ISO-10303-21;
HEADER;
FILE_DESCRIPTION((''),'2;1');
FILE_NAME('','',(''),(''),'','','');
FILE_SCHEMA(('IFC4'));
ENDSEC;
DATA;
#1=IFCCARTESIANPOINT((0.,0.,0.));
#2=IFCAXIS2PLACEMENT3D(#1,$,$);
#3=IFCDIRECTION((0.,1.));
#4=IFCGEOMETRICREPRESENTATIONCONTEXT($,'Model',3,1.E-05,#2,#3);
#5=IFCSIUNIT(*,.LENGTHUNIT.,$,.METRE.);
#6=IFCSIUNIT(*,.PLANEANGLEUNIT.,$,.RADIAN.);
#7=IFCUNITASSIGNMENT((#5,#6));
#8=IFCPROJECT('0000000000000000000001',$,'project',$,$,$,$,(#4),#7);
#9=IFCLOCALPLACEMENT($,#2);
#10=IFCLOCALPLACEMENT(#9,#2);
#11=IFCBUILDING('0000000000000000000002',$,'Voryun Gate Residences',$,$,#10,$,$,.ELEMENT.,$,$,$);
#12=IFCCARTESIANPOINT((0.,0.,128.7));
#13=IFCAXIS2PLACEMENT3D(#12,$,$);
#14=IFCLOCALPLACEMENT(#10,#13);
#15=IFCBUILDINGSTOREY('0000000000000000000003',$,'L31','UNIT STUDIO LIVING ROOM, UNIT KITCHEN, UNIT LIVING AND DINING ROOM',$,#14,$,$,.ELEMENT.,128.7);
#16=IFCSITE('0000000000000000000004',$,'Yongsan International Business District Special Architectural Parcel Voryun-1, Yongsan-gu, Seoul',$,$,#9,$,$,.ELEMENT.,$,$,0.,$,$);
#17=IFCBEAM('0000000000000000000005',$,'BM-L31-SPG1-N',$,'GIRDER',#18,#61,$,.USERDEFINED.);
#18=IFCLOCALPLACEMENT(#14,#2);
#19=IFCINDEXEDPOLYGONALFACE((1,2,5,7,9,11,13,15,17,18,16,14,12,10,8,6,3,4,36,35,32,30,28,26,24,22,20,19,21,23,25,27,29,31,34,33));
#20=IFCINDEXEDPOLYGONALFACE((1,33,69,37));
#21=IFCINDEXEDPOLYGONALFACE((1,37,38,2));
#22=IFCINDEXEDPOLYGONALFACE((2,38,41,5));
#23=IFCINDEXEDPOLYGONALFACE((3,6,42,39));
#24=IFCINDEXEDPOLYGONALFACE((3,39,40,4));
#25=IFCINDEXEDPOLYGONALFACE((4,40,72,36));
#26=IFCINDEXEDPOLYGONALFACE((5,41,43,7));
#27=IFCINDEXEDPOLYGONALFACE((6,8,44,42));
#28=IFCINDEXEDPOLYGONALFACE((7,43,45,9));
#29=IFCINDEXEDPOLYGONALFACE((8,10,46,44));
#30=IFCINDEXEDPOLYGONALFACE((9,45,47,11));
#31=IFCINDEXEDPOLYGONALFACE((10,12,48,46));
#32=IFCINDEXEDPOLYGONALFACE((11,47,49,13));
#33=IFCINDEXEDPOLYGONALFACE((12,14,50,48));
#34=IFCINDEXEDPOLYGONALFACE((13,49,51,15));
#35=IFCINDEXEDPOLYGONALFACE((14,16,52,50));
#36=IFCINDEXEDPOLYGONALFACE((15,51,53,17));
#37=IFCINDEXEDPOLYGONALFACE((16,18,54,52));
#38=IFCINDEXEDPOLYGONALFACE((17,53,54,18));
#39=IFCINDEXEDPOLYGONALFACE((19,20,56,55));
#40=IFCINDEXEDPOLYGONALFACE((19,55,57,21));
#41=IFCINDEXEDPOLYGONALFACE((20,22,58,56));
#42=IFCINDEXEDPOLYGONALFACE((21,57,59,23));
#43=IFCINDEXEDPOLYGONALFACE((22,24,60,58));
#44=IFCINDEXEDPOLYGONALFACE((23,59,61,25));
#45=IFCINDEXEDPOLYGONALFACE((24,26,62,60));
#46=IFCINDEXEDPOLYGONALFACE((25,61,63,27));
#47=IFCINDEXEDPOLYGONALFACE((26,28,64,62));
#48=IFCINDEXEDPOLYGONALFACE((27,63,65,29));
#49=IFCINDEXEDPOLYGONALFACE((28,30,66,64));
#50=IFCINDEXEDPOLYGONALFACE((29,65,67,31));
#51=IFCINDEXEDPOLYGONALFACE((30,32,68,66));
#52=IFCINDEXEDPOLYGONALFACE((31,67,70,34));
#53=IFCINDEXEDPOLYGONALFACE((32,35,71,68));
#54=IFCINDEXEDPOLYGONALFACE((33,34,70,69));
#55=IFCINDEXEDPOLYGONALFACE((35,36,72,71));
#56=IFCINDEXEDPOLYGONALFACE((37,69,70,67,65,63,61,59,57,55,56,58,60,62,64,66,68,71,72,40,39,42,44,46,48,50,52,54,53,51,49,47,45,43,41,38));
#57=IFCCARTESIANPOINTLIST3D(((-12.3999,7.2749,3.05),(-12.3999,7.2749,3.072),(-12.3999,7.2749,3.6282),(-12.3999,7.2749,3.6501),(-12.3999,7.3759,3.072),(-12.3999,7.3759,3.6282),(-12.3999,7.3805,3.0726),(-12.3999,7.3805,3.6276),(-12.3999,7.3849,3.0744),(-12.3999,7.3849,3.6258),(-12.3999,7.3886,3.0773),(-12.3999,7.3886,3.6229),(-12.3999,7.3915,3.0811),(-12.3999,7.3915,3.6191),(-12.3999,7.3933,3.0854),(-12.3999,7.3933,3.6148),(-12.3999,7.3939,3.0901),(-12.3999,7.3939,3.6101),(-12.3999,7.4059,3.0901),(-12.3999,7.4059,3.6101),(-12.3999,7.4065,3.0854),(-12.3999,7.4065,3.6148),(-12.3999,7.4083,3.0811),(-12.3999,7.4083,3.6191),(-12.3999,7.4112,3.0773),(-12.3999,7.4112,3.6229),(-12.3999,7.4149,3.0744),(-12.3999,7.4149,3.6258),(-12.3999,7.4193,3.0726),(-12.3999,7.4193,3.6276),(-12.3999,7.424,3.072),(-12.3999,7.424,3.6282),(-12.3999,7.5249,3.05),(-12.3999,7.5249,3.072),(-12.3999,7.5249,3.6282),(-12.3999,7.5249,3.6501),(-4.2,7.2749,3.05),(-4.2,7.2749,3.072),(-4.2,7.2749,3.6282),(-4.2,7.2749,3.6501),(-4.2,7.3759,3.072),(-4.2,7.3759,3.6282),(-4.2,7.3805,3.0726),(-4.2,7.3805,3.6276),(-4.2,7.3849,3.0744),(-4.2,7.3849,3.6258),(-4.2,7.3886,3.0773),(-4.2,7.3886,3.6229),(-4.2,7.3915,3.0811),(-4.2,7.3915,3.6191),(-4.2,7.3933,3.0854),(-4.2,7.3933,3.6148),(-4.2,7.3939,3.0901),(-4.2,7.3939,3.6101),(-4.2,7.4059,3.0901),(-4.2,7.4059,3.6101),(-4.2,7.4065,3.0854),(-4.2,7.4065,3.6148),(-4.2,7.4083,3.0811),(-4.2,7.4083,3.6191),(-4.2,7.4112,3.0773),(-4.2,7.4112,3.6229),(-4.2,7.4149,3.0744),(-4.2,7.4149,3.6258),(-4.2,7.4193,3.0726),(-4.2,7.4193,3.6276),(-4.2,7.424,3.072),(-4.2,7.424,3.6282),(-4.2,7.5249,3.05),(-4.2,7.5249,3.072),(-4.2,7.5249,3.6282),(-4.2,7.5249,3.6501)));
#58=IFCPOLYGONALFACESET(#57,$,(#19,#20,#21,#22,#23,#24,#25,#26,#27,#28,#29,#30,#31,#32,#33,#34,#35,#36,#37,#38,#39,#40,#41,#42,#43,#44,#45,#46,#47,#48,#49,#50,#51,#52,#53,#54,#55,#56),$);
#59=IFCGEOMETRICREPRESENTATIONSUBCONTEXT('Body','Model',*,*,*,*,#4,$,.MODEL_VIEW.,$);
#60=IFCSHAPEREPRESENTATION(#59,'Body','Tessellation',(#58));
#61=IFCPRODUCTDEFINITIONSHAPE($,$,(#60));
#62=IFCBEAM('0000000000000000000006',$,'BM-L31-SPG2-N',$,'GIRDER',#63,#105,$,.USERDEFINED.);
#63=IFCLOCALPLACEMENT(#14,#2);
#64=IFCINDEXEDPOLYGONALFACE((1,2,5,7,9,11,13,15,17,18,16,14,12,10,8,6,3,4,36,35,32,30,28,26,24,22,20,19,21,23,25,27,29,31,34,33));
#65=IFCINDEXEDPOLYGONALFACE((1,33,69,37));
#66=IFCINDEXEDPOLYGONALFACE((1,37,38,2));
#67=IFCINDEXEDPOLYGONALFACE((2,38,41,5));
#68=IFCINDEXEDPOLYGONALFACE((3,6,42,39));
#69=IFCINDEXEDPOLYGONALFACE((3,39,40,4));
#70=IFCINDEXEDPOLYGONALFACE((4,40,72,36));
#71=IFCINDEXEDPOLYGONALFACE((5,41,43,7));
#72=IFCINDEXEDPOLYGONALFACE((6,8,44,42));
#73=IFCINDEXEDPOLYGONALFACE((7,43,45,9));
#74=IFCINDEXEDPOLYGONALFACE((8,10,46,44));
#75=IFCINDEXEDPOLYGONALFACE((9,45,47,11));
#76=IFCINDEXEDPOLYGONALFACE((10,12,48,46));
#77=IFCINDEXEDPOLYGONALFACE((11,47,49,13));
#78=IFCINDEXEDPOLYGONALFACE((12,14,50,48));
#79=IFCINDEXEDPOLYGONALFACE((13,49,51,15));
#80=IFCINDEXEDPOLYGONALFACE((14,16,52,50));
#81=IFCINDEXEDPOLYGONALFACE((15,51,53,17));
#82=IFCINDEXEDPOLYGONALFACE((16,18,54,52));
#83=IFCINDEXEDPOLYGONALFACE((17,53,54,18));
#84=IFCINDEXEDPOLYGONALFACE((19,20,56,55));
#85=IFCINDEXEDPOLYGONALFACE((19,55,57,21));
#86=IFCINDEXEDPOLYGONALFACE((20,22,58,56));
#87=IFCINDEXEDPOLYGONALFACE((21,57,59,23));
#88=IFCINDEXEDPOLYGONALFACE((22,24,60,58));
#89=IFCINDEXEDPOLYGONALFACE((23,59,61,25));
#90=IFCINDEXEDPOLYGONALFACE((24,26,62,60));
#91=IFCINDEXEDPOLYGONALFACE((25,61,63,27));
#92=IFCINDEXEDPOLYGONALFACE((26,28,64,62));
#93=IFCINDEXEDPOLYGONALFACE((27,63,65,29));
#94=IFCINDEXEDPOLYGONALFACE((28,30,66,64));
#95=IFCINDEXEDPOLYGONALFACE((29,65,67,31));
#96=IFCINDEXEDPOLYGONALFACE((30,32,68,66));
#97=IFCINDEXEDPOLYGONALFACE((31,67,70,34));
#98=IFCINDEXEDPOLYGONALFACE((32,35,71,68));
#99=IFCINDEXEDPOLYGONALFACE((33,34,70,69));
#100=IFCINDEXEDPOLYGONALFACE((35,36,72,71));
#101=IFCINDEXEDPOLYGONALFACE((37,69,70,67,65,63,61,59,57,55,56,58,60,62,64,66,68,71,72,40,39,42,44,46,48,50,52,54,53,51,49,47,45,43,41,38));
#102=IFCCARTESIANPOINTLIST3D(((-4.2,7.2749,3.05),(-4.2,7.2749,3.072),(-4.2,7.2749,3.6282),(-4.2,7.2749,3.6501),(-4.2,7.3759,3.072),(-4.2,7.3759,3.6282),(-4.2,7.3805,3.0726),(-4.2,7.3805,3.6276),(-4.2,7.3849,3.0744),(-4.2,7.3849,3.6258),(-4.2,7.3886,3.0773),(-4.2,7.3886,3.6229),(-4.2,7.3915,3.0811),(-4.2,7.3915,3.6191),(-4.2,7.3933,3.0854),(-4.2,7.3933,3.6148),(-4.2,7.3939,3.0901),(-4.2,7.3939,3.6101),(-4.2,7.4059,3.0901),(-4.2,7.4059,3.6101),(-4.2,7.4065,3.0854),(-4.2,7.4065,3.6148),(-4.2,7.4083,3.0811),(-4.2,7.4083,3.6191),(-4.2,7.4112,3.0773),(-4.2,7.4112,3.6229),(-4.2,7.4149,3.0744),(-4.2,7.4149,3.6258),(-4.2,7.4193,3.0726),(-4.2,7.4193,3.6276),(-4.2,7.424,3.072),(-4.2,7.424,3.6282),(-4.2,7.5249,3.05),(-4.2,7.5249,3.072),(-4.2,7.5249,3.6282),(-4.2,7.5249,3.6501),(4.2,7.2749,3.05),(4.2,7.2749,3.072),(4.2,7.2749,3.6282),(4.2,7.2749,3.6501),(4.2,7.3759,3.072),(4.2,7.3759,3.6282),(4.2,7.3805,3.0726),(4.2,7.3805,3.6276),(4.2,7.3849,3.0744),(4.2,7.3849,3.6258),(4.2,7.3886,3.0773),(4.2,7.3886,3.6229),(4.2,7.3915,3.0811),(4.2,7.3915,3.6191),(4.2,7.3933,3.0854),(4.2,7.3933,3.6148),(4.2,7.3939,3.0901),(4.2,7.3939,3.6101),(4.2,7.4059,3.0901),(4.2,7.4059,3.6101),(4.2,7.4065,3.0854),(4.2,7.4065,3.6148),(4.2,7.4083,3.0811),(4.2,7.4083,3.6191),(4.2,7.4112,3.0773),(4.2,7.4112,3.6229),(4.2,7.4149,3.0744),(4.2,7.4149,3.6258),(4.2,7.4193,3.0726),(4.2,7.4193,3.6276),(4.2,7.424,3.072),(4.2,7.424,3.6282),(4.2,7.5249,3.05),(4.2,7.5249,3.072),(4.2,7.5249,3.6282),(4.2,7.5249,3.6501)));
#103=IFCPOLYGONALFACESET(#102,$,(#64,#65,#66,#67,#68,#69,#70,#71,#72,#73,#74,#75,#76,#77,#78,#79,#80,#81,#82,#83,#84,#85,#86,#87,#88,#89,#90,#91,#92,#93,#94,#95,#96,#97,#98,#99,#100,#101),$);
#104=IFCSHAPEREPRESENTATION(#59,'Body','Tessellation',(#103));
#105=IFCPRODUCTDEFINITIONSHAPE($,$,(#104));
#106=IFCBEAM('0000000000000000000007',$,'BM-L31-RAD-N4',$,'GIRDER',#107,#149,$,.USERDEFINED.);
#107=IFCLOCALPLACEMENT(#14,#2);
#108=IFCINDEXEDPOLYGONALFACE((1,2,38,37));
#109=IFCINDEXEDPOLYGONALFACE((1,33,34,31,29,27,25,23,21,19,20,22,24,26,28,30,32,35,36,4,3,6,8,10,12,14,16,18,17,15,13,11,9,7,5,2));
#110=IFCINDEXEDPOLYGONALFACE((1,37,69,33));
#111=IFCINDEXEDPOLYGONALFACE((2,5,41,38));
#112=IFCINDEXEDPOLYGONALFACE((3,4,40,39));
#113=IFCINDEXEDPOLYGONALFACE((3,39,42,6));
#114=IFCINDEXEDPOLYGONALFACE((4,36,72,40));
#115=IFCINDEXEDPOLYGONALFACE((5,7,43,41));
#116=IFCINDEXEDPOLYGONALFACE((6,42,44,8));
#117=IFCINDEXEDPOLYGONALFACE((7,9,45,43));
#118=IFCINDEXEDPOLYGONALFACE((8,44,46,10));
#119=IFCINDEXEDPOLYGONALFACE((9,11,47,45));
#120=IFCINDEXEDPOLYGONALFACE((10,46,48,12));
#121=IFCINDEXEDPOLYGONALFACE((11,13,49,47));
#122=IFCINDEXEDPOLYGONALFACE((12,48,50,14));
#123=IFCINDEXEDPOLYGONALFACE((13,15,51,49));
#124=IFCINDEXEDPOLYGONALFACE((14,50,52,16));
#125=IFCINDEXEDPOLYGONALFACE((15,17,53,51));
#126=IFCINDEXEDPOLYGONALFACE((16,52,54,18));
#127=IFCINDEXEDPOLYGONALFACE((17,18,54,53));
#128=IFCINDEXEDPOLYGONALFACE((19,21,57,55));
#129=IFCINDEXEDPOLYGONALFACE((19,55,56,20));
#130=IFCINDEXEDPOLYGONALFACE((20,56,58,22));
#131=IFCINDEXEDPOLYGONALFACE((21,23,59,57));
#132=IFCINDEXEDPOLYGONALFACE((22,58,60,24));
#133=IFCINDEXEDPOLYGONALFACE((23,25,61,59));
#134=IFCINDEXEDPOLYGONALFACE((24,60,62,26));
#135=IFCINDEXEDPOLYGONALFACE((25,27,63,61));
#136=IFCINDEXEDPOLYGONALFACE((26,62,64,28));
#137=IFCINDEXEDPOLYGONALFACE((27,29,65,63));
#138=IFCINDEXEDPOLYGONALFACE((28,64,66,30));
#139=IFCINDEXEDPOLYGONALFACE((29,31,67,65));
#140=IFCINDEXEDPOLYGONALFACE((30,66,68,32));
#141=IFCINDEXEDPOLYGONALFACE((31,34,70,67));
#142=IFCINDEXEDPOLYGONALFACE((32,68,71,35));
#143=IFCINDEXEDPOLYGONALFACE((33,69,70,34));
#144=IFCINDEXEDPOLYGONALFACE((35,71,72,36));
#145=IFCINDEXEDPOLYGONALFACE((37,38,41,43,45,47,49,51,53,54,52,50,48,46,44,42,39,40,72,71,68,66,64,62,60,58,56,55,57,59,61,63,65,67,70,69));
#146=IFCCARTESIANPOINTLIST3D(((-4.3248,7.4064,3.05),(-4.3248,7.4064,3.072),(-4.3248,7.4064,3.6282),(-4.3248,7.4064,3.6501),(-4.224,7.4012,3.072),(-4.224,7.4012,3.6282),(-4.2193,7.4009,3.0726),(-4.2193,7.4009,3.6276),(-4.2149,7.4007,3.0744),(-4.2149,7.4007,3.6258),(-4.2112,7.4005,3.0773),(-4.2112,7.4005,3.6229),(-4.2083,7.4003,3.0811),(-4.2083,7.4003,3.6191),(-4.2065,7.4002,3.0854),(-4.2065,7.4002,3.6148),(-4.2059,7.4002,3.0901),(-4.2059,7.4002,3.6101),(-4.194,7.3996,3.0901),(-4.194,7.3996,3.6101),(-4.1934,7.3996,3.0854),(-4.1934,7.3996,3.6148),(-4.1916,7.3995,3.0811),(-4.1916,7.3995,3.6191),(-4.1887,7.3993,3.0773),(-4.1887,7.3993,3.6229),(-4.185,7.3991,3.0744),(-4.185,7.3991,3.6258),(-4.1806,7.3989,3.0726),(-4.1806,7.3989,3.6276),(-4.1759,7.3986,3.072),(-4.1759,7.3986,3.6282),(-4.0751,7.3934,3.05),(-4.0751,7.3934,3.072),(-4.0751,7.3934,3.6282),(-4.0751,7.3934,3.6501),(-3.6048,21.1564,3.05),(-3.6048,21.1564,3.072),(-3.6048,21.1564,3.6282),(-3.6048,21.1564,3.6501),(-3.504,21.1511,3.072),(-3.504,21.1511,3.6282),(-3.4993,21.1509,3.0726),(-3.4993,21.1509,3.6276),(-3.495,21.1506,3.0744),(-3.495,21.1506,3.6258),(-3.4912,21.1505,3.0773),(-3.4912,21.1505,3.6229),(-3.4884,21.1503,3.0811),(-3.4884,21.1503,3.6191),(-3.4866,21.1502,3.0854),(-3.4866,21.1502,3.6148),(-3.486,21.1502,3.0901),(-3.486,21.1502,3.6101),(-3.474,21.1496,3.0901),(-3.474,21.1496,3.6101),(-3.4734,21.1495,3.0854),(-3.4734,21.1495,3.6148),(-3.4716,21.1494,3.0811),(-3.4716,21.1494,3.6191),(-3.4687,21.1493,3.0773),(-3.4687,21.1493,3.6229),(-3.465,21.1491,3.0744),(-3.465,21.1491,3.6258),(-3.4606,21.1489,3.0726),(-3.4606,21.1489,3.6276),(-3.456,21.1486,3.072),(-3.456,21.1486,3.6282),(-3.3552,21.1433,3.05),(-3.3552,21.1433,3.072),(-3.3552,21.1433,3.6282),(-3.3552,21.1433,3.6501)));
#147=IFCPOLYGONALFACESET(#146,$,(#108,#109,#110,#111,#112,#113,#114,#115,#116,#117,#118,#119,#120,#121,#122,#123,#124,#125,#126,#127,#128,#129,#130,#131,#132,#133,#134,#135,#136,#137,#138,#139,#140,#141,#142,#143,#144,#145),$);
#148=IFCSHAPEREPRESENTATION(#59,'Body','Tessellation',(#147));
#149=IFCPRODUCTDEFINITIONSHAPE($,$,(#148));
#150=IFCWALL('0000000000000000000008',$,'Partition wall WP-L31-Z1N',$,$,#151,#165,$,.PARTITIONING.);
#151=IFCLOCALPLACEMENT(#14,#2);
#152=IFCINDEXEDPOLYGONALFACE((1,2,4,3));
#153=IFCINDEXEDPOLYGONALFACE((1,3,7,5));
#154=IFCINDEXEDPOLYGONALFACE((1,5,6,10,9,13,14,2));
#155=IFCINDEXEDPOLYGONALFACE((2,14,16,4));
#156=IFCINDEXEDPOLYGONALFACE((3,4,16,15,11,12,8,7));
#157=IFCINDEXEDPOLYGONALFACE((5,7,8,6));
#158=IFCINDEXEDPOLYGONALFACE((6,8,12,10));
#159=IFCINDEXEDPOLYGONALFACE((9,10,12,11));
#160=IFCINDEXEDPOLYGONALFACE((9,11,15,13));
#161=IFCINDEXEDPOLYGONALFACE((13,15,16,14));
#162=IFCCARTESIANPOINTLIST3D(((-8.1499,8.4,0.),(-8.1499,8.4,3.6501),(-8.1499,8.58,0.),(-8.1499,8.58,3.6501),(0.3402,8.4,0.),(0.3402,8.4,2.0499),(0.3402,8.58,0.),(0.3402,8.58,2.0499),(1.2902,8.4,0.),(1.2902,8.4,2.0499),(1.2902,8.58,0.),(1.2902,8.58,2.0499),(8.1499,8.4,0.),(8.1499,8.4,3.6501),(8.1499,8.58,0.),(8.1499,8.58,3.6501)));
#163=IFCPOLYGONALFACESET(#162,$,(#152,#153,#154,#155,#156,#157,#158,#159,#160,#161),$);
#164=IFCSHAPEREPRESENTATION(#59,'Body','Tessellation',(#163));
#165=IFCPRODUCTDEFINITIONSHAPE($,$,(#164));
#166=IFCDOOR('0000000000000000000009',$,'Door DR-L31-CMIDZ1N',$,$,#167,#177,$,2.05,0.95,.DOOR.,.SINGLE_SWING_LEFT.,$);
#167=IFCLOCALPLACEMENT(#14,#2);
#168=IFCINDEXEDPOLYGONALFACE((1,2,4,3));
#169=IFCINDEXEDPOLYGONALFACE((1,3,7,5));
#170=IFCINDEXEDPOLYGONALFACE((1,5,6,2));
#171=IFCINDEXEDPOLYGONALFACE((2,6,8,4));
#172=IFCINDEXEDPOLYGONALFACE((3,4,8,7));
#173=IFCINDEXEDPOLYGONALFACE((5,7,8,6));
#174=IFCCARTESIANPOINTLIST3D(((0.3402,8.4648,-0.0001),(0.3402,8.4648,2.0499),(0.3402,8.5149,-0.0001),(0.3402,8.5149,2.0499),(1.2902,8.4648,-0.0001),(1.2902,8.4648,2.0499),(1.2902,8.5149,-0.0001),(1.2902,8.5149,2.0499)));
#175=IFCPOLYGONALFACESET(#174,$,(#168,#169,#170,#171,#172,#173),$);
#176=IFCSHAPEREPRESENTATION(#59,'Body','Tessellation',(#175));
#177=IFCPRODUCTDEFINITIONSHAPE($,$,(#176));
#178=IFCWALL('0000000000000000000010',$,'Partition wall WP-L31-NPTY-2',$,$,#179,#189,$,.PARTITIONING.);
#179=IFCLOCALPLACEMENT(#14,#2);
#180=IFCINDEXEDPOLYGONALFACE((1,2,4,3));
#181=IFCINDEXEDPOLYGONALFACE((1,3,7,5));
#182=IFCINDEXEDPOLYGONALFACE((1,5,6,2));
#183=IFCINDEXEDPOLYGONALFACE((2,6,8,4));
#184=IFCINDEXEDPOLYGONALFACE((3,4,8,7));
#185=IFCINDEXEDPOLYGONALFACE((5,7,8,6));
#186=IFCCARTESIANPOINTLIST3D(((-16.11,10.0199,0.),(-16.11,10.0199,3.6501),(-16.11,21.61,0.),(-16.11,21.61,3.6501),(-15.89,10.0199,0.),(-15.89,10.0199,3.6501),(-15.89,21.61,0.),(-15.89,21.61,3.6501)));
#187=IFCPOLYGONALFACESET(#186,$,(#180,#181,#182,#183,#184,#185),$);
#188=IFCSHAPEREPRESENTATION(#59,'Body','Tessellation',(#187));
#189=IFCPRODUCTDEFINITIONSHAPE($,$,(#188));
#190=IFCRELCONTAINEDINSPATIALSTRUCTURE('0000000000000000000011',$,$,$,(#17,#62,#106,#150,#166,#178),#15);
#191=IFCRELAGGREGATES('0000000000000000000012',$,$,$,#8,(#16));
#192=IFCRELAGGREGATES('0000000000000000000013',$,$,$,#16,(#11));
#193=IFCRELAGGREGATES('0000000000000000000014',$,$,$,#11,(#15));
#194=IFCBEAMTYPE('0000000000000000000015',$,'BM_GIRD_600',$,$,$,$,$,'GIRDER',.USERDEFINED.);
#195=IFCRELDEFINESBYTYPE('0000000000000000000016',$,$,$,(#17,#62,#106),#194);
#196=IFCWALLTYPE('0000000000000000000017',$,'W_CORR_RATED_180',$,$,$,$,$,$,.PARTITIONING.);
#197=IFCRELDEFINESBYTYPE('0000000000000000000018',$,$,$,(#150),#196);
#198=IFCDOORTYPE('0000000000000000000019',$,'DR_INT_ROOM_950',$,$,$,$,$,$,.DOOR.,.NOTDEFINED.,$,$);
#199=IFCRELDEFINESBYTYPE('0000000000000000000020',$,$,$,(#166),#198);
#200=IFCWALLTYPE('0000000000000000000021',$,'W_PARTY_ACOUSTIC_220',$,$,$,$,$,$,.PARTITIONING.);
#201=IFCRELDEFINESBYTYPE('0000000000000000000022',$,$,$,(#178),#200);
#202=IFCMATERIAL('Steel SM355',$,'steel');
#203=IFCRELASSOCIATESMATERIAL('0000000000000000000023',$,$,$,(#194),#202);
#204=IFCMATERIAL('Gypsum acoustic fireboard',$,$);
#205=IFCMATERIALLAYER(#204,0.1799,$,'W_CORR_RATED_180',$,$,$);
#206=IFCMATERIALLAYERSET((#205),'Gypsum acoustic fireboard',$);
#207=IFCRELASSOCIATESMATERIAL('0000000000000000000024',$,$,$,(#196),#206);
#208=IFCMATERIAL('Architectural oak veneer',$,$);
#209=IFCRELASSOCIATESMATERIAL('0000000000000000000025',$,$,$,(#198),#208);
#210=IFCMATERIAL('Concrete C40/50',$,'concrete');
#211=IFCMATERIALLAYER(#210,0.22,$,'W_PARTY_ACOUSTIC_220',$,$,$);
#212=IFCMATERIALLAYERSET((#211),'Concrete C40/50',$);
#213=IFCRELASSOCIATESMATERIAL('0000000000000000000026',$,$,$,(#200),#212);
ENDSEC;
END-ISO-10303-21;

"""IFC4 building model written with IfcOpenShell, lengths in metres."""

from ifc_helpers import new_model, si_unit, direction, frame, frame_2d, origin, origin_2d, place, context, subcontext, project, spatial, rectangle, i_section, extrude, material, layer, layer_set, material_profile, profile_set, type_object, element, fill, save


model = new_model("IFC4")

# Units and contexts
model_context = context("Model", 3, precision=1e-05, world=origin(), true_north=direction((0.0, 1.0)))
body_context = subcontext(model_context, "Body", "Model", "MODEL_VIEW")
ifc_project = project(units=[si_unit("LENGTHUNIT", "METRE"), si_unit("PLANEANGLEUNIT", "RADIAN")], contexts=[model_context])

# Site, building, storey
site_placement = place(None, origin())
site = spatial("IfcSite", under=ifc_project, at=site_placement, Name="Yongsan International Business District Special Architectural Parcel Voryun-1, Yongsan-gu, Seoul", CompositionType="ELEMENT", RefElevation=0.0)
building_placement = place(site_placement, origin())
building = spatial("IfcBuilding", under=site, at=building_placement, Name="Voryun Gate Residences", CompositionType="ELEMENT")
storey_placement = place(building_placement, frame((0.0, 0.0, 128.7)))
storey = spatial("IfcBuildingStorey", under=building, at=storey_placement, Name="L31", Description="UNIT STUDIO LIVING ROOM, UNIT KITCHEN, UNIT LIVING AND DINING ROOM", CompositionType="ELEMENT", Elevation=128.7)

# Beams
ifc_material_1 = material(Name="Steel SM355", Category="steel")
ifc_material_profile_1 = material_profile(ifc_material_1, i_section(OverallWidth=0.25, OverallDepth=0.6001, WebThickness=0.012, FlangeThickness=0.022, FilletRadius=0.0181, at=origin_2d()), Name="H-600x250x12x22")
ifc_profile_set_1 = profile_set([ifc_material_profile_1], Name="Steel SM355")
beam_type_1 = type_object("IfcBeamType", Name="BM_GIRD_600", ElementType="GIRDER", PredefinedType="USERDEFINED", material=ifc_profile_set_1)
beam_1_placement = place(storey_placement, frame((-12.3999, 7.3999, 3.3501), z_axis=(1.0, 0.0, 0.0), x_axis=(0.0, 1.0, 0.0)))
element("IfcBeam", 1, at=beam_1_placement, inside=storey, type_object=beam_type_1, Name="BM-L31-SPG1-N", ObjectType="GIRDER", PredefinedType="USERDEFINED", context=body_context, shape_type="SweptSolid", body=[
    extrude(i_section(OverallWidth=0.25, OverallDepth=0.6001, WebThickness=0.012, FlangeThickness=0.022, FilletRadius=0.0181, at=origin_2d()), origin(), (0.0, 0.0, 1.0), 8.2),
])
beam_2_placement = place(storey_placement, frame((-4.2, 7.3999, 3.3501), z_axis=(1.0, 0.0, 0.0), x_axis=(0.0, 1.0, 0.0)))
element("IfcBeam", 2, at=beam_2_placement, inside=storey, type_object=beam_type_1, Name="BM-L31-SPG2-N", ObjectType="GIRDER", PredefinedType="USERDEFINED", context=body_context, shape_type="SweptSolid", body=[
    extrude(i_section(OverallWidth=0.25, OverallDepth=0.6001, WebThickness=0.012, FlangeThickness=0.022, FilletRadius=0.0181, at=origin_2d()), origin(), (0.0, 0.0, 1.0), 8.3999),
])
beam_3_placement = place(storey_placement, frame((-4.2, 7.3999, 3.3501), z_axis=(0.05229, 0.998632, 0.0), x_axis=(-0.998632, 0.05229, 0.0)))
element("IfcBeam", 3, at=beam_3_placement, inside=storey, type_object=beam_type_1, Name="BM-L31-RAD-N4", ObjectType="GIRDER", PredefinedType="USERDEFINED", context=body_context, shape_type="SweptSolid", body=[
    extrude(i_section(OverallWidth=0.25, OverallDepth=0.6001, WebThickness=0.012, FlangeThickness=0.022, FilletRadius=0.0181, at=origin_2d()), origin(), (0.0, 0.0, 1.0), 13.7688),
])

# Wall, opening, door
ifc_material_2 = material(Name="Gypsum acoustic fireboard")
ifc_layer_1 = layer(ifc_material_2, 0.1799, Name="W_CORR_RATED_180")
ifc_layer_set_1 = layer_set([ifc_layer_1], Name="Gypsum acoustic fireboard")
wall_type_1 = type_object("IfcWallType", Name="W_CORR_RATED_180", PredefinedType="PARTITIONING", material=ifc_layer_set_1)
wall_1_placement = place(storey_placement, frame((-8.1499, 8.49, 0.0), z_axis=(0.0, 0.0, 1.0), x_axis=(1.0, 0.0, 0.0)))
wall_1 = element("IfcWall", 4, at=wall_1_placement, inside=storey, type_object=wall_type_1, Name="Partition wall WP-L31-Z1N", PredefinedType="PARTITIONING", context=body_context, shape_type="SweptSolid", body=[
    extrude(rectangle(XDim=16.2998, YDim=0.1799, at=frame_2d((8.1499, 0.0))), origin(), (0.0, 0.0, 1.0), 3.6501),
])
opening_1_placement = place(wall_1_placement, frame((8.49, 0.0, 0.0)))
opening_1 = element("IfcOpeningElement", 5, at=opening_1_placement, cuts=wall_1, PredefinedType="OPENING", context=body_context, shape_type="SweptSolid", body=[
    extrude(rectangle(XDim=0.95, YDim=2.05, at=frame_2d((0.4751, 1.0249))), frame((0.0, 0.0999, 0.0), z_axis=(0.0, -1.0, 0.0), x_axis=(1.0, 0.0, 0.0)), (0.0, 0.0, 1.0), 0.2),
])
ifc_material_3 = material(Name="Architectural oak veneer")
door_type_1 = type_object("IfcDoorType", Name="DR_INT_ROOM_950", OperationType="NOTDEFINED", PredefinedType="DOOR", material=ifc_material_3)
door_1_placement = place(opening_1_placement, origin())
door_1 = element("IfcDoor", 6, at=door_1_placement, inside=storey, type_object=door_type_1, Name="Door DR-L31-CMIDZ1N", OperationType="SINGLE_SWING_LEFT", OverallHeight=2.05, OverallWidth=0.95, PredefinedType="DOOR", context=body_context, shape_type="SweptSolid", body=[
    extrude(rectangle(XDim=0.95, YDim=2.05, at=frame_2d((0.4751, 1.0249))), frame((0.0, 0.0249, 0.0), z_axis=(0.0, -1.0, 0.0), x_axis=(1.0, 0.0, 0.0)), (0.0, 0.0, 1.0), 0.05),
])
fill(opening_1, door_1)

# Wall
ifc_material_4 = material(Name="Concrete C40/50", Category="concrete")
ifc_layer_2 = layer(ifc_material_4, 0.22, Name="W_PARTY_ACOUSTIC_220")
ifc_layer_set_2 = layer_set([ifc_layer_2], Name="Concrete C40/50")
wall_type_2 = type_object("IfcWallType", Name="W_PARTY_ACOUSTIC_220", PredefinedType="PARTITIONING", material=ifc_layer_set_2)
for number, where, z_axis, x_axis, name in (
    (7, (-16.0, 10.02, 0.0), (0.0, 0.0, 1.0), (0.0, 1.0, 0.0), "Partition wall WP-L31-NPTY-2"),
):
    element("IfcWall", number, at=place(storey_placement, frame(where, z_axis=z_axis, x_axis=x_axis)), inside=storey, type_object=wall_type_2, Name=name, PredefinedType="PARTITIONING", context=body_context, shape_type="SweptSolid", body=[
        extrude(rectangle(XDim=11.5901, YDim=0.22, at=frame_2d((5.7949, 0.0))), origin(), (0.0, 0.0, 1.0), 3.6501),
    ])

save(model, "model.ifc")
